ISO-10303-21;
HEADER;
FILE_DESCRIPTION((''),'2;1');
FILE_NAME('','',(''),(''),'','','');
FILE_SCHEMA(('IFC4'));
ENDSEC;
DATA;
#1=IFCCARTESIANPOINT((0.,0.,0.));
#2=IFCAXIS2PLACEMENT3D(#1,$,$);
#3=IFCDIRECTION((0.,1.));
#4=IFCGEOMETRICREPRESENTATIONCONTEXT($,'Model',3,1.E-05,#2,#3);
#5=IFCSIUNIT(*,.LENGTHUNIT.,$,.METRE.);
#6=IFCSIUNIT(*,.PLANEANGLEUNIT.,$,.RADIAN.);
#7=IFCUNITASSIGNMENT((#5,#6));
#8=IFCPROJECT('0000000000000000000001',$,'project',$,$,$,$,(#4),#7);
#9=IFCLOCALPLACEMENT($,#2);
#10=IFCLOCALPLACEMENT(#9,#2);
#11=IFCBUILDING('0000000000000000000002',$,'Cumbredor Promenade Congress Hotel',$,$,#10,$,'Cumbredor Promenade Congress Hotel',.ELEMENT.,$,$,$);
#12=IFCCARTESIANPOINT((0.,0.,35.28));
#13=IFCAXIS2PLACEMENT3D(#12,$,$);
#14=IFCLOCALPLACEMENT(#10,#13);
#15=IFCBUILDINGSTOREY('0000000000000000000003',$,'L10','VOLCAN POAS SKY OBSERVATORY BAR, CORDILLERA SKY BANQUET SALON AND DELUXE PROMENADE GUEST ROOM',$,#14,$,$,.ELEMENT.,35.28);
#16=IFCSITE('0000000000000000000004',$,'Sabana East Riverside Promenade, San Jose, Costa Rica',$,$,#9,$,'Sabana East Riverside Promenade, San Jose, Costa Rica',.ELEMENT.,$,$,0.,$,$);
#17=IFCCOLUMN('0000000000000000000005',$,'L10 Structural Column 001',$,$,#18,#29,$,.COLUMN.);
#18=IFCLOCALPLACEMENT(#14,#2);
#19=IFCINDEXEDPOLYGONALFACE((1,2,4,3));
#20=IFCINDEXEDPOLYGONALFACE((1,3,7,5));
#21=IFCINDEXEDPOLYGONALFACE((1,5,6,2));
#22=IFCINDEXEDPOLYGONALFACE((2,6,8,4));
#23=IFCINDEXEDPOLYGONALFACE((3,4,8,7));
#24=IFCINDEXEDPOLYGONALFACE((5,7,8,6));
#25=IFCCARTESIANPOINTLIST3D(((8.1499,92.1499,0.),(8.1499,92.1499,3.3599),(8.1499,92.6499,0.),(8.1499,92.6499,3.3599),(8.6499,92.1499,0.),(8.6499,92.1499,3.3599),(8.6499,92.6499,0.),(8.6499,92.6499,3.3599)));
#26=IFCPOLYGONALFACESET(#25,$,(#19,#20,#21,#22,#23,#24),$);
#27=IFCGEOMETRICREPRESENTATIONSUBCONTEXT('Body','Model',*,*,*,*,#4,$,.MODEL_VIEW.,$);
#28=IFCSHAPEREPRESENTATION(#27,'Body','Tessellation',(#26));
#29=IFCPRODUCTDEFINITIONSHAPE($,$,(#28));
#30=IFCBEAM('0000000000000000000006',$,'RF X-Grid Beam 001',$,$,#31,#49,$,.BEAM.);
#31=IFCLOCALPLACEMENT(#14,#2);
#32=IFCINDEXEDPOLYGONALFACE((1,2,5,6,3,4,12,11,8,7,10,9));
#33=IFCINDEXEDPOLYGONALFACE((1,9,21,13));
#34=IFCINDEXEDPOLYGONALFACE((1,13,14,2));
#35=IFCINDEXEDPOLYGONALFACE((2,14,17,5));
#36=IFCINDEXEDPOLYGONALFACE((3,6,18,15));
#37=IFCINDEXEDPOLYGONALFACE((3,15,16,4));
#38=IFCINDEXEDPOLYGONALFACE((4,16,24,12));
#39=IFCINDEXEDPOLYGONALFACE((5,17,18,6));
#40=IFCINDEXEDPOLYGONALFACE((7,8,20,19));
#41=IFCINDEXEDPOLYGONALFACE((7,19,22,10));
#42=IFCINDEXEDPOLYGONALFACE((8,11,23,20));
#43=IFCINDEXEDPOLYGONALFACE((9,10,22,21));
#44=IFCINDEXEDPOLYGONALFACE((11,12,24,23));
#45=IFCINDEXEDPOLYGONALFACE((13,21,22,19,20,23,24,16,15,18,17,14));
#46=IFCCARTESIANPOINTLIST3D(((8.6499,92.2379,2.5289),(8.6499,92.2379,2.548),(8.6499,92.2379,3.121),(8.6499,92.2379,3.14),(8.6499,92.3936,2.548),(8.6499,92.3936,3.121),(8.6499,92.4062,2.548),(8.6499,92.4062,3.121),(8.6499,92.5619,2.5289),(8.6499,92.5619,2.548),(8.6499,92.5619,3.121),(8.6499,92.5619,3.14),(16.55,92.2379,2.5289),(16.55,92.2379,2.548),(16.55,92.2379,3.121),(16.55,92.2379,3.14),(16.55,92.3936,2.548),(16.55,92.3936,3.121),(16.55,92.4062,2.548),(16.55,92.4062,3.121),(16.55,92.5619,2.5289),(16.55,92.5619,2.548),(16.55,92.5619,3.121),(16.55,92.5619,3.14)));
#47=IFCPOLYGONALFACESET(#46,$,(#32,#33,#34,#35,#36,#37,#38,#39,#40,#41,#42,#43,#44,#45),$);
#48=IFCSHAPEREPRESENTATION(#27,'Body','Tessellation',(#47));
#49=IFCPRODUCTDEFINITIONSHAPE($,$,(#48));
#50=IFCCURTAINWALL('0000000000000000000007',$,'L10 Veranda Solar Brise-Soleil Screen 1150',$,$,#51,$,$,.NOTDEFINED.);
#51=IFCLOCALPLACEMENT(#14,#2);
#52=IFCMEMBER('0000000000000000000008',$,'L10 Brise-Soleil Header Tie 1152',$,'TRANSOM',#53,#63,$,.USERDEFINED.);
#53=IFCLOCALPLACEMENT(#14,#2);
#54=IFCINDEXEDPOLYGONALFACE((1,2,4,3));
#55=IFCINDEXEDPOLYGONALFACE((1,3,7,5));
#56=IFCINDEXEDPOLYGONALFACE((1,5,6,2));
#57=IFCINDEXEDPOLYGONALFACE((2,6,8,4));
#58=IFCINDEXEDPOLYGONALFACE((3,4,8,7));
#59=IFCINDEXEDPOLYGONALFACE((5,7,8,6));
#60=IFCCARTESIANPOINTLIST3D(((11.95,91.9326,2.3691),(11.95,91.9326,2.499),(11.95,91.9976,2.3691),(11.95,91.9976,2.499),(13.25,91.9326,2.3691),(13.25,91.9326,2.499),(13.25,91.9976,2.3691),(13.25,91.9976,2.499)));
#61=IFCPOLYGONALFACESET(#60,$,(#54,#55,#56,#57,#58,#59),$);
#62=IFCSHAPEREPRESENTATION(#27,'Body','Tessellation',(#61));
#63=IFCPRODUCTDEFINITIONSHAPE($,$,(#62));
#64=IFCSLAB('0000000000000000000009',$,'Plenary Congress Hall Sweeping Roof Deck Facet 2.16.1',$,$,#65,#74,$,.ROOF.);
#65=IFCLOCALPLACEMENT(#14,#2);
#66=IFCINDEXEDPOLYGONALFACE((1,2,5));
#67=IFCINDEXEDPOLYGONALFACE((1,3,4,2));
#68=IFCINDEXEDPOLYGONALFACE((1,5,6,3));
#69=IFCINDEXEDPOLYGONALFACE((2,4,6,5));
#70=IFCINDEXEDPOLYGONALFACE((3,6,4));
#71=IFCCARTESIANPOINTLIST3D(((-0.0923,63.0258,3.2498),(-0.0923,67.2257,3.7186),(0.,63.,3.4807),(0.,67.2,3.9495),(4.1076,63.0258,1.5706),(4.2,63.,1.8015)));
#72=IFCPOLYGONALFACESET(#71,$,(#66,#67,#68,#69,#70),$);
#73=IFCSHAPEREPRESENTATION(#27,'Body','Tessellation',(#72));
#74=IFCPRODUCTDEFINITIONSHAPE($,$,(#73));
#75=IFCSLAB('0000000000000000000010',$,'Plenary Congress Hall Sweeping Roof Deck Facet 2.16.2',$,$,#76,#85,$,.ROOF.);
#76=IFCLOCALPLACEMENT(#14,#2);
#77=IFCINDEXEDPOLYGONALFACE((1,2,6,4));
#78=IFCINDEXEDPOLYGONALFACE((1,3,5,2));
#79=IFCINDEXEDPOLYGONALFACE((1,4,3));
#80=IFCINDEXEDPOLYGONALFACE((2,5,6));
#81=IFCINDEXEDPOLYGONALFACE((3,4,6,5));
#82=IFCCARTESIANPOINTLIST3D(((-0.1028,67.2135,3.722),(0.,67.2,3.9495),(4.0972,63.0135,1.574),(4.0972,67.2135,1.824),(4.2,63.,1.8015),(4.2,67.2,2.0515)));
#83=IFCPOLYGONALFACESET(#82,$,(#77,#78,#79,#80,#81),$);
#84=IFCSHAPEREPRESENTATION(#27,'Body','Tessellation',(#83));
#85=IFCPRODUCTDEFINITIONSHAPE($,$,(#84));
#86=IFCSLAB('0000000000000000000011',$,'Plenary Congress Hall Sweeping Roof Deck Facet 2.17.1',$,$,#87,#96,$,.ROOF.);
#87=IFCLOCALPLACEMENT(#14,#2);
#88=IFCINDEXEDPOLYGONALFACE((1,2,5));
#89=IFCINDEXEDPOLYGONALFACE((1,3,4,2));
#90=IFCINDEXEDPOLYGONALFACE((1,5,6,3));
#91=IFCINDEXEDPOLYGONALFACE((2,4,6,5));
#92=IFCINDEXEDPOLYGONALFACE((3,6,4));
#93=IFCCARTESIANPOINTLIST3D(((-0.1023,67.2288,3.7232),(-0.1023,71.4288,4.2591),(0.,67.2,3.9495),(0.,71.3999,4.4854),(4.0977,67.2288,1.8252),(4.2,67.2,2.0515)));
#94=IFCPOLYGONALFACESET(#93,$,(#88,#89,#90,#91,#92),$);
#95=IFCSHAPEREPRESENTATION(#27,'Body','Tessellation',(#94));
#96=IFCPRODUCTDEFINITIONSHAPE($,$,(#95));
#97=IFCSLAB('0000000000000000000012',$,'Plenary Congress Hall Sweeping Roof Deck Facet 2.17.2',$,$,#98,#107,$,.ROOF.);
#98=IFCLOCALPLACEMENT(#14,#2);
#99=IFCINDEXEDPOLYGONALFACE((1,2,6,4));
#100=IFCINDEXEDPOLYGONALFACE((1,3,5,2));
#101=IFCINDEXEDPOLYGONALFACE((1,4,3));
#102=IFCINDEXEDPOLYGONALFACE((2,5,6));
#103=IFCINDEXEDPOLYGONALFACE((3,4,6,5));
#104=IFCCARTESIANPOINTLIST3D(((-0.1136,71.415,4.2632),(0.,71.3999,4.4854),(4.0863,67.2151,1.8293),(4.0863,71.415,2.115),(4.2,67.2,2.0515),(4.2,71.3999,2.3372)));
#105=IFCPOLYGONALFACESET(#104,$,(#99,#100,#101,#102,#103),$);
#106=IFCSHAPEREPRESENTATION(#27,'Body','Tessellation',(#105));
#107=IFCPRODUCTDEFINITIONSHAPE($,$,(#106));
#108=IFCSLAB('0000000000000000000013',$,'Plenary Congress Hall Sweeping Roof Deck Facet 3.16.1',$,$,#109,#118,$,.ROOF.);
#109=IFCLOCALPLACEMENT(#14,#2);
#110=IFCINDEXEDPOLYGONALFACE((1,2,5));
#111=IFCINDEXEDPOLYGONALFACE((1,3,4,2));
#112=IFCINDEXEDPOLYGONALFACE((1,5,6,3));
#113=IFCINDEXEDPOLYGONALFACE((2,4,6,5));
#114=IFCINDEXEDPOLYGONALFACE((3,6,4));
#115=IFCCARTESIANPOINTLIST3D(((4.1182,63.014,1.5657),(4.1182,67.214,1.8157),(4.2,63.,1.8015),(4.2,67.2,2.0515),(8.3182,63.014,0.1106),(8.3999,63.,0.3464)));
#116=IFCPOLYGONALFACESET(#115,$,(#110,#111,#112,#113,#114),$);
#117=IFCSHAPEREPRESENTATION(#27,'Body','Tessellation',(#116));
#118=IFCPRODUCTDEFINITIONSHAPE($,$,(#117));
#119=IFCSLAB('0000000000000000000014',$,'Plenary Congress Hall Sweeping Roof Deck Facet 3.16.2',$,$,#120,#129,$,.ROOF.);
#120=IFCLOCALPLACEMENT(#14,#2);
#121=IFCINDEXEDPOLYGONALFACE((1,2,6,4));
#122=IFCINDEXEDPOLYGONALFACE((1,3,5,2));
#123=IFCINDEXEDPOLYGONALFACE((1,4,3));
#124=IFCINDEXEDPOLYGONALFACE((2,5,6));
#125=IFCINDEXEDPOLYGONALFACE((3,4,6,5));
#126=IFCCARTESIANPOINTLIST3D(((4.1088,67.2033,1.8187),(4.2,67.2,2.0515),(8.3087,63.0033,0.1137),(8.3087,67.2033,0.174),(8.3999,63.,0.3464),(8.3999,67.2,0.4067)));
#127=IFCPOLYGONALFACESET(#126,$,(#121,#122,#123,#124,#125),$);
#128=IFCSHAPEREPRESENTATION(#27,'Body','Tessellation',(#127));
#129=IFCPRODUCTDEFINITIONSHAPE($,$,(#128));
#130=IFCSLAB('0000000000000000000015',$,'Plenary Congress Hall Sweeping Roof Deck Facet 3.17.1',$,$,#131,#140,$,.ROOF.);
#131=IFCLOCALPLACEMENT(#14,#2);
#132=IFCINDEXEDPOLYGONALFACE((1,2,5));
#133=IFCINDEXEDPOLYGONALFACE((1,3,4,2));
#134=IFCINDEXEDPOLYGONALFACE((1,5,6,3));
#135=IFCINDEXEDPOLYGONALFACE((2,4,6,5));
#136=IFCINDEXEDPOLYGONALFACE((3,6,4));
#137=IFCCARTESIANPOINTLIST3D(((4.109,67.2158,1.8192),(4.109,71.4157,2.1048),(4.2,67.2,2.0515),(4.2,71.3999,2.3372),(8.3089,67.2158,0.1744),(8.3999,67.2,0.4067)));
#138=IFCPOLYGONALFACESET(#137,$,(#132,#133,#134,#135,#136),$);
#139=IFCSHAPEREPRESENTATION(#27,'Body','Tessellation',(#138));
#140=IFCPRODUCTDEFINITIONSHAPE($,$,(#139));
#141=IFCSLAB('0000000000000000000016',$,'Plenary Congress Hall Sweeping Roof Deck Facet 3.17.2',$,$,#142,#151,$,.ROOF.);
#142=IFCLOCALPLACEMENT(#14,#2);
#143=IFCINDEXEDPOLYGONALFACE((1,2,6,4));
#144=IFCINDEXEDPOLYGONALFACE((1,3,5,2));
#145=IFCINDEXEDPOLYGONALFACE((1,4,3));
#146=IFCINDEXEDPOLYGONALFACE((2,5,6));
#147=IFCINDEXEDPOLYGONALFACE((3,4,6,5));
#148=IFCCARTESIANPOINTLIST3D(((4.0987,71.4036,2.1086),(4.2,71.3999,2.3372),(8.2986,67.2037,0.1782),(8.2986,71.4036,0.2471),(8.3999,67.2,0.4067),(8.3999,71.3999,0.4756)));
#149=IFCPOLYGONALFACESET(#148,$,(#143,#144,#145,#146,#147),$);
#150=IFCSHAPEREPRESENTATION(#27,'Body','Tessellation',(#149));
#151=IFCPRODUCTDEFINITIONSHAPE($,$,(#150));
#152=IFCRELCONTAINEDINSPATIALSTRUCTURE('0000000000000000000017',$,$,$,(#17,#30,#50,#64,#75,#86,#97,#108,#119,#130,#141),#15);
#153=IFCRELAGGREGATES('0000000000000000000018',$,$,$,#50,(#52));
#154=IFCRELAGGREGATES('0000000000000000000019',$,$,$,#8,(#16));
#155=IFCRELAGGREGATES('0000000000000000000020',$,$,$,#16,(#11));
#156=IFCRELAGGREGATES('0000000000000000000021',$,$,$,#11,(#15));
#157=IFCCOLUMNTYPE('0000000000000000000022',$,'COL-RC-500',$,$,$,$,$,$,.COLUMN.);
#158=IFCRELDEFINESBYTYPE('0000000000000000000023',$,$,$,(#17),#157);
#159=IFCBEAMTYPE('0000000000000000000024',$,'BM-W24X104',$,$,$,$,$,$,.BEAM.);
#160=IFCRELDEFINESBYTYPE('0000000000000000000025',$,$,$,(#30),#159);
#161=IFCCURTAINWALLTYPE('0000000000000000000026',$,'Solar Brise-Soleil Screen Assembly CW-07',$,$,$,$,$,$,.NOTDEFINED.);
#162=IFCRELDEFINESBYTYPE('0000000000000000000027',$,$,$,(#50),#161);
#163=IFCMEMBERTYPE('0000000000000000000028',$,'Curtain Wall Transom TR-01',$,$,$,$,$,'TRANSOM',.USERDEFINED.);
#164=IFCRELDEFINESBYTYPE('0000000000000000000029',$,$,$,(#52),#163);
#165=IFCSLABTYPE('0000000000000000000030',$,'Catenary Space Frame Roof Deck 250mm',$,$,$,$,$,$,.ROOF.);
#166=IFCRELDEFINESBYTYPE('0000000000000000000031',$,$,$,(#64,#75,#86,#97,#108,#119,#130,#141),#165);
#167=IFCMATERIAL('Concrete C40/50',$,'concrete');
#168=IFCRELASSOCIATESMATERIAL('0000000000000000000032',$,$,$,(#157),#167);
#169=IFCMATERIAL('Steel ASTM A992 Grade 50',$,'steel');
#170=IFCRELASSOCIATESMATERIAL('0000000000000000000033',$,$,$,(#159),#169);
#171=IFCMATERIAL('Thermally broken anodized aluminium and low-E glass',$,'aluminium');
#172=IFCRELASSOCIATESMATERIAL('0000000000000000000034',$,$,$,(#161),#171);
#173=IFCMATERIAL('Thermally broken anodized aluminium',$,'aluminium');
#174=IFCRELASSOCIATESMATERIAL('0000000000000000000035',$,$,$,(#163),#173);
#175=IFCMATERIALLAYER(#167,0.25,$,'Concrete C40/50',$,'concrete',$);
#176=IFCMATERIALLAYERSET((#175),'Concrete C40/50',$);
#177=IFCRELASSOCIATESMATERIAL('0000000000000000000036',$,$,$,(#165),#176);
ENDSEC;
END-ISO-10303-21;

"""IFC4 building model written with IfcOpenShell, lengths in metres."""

from ifc_helpers import new_model, si_unit, direction, frame, origin, origin_2d, place, context, subcontext, project, spatial, polyline, rectangle, i_section, outline, extrude, material, layer, layer_set, material_profile, profile_set, type_object, element, aggregate, save


model = new_model("IFC4")

# Units and contexts
model_context = context("Model", 3, precision=1e-05, world=origin(), true_north=direction((0.0, 1.0)))
body_context = subcontext(model_context, "Body", "Model", "MODEL_VIEW")
ifc_project = project(units=[si_unit("LENGTHUNIT", "METRE"), si_unit("PLANEANGLEUNIT", "RADIAN")], contexts=[model_context])

# Site, building, storey
site_placement = place(None, origin())
site = spatial("IfcSite", under=ifc_project, at=site_placement, Name="Sabana East Riverside Promenade, San Jose, Costa Rica", LongName="Sabana East Riverside Promenade, San Jose, Costa Rica", CompositionType="ELEMENT", RefElevation=0.0)
building_placement = place(site_placement, origin())
building = spatial("IfcBuilding", under=site, at=building_placement, Name="Cumbredor Promenade Congress Hotel", LongName="Cumbredor Promenade Congress Hotel", CompositionType="ELEMENT")
storey_placement = place(building_placement, frame((0.0, 0.0, 35.28)))
storey = spatial("IfcBuildingStorey", under=building, at=storey_placement, Name="L10", Description="VOLCAN POAS SKY OBSERVATORY BAR, CORDILLERA SKY BANQUET SALON AND DELUXE PROMENADE GUEST ROOM", CompositionType="ELEMENT", Elevation=35.28)

# Column
ifc_material_1 = material(Name="Concrete C40/50", Category="concrete")
ifc_material_profile_1 = material_profile(ifc_material_1, rectangle(XDim=0.5, YDim=0.5, at=origin_2d()), Name="RC 500x500")
ifc_profile_set_1 = profile_set([ifc_material_profile_1], Name="Concrete C40/50")
column_type = type_object("IfcColumnType", Name="COL-RC-500", PredefinedType="COLUMN", material=ifc_profile_set_1)
column_placement = place(storey_placement, frame((8.3999, 92.3999, 0.0), z_axis=(0.0, 0.0, 1.0), x_axis=(1.0, 0.0, 0.0)))
element("IfcColumn", 1, at=column_placement, inside=storey, type_object=column_type, Name="L10 Structural Column 001", PredefinedType="COLUMN", context=body_context, shape_type="SweptSolid", body=[
    extrude(rectangle(XDim=0.5, YDim=0.5, at=origin_2d()), origin(), (0.0, 0.0, 1.0), 3.3599),
])

# Beam
ifc_material_2 = material(Name="Steel ASTM A992 Grade 50", Category="steel")
ifc_material_profile_2 = material_profile(ifc_material_2, i_section(OverallWidth=0.324, OverallDepth=0.6111, WebThickness=0.0127, FlangeThickness=0.019, at=origin_2d()), Name="W24X104")
ifc_profile_set_2 = profile_set([ifc_material_profile_2], Name="Steel ASTM A992 Grade 50")
beam_type = type_object("IfcBeamType", Name="BM-W24X104", PredefinedType="BEAM", material=ifc_profile_set_2)
beam_placement = place(storey_placement, frame((8.6499, 92.3999, 2.8345), z_axis=(1.0, 0.0, 0.0), x_axis=(0.0, 1.0, 0.0)))
element("IfcBeam", 2, at=beam_placement, inside=storey, type_object=beam_type, Name="RF X-Grid Beam 001", PredefinedType="BEAM", context=body_context, shape_type="SweptSolid", body=[
    extrude(i_section(OverallWidth=0.324, OverallDepth=0.6111, WebThickness=0.0127, FlangeThickness=0.019, at=origin_2d()), origin(), (0.0, 0.0, 1.0), 7.9001),
])

# Curtain wall, member
ifc_material_3 = material(Name="Thermally broken anodized aluminium and low-E glass", Category="aluminium")
curtain_wall_type = type_object("IfcCurtainWallType", Name="Solar Brise-Soleil Screen Assembly CW-07", PredefinedType="NOTDEFINED", material=ifc_material_3)
curtain_wall_placement = place(storey_placement, origin())
curtain_wall = element("IfcCurtainWall", 3, at=curtain_wall_placement, inside=storey, type_object=curtain_wall_type, Name="L10 Veranda Solar Brise-Soleil Screen 1150", PredefinedType="NOTDEFINED")
ifc_material_4 = material(Name="Thermally broken anodized aluminium", Category="aluminium")
ifc_material_profile_3 = material_profile(ifc_material_4, rectangle(XDim=0.0649, YDim=0.1299, at=origin_2d()), Name="ALU TRANSOM 65x130")
ifc_profile_set_3 = profile_set([ifc_material_profile_3], Name="Thermally broken anodized aluminium")
member_type = type_object("IfcMemberType", Name="Curtain Wall Transom TR-01", ElementType="TRANSOM", PredefinedType="USERDEFINED", material=ifc_profile_set_3)
member_placement = place(storey_placement, frame((11.95, 91.9651, 2.4341), z_axis=(1.0, 0.0, 0.0), x_axis=(0.0, 1.0, 0.0)))
member = element("IfcMember", 4, at=member_placement, type_object=member_type, Name="L10 Brise-Soleil Header Tie 1152", ObjectType="TRANSOM", PredefinedType="USERDEFINED", context=body_context, shape_type="SweptSolid", body=[
    extrude(rectangle(XDim=0.0649, YDim=0.1299, at=origin_2d()), origin(), (0.0, 0.0, 1.0), 1.3),
])
aggregate(curtain_wall, [member])

# Slabs
ifc_layer_1 = layer(ifc_material_1, 0.25, Name="Concrete C40/50", Category="concrete")
ifc_layer_set_1 = layer_set([ifc_layer_1], Name="Concrete C40/50")
slab_type = type_object("IfcSlabType", Name="Catenary Space Frame Roof Deck 250mm", PredefinedType="ROOF", material=ifc_layer_set_1)
slab_1_placement = place(storey_placement, frame((0.0, 63.0, 3.4807), z_axis=(0.369264, -0.10308, 0.92359), x_axis=(0.928536, 0.0, -0.371242)))
element("IfcSlab", 5, at=slab_1_placement, inside=storey, type_object=slab_type, Name="Plenary Congress Hall Sweeping Roof Deck Facet 2.16.1", PredefinedType="ROOF", context=body_context, shape_type="SweptSolid", body=[
    extrude(outline(polyline([(0.0, 0.0), (4.5232, 0.0), (-0.174, 4.2224), (0.0, 0.0)])), origin(), (0.0, 0.0, -1.0), 0.25),
])
slab_2_placement = place(storey_placement, frame((4.2, 63.0, 1.8015), z_axis=(0.411198, -0.054163, 0.909935), x_axis=(0.0, 0.998233, 0.059419)))
element("IfcSlab", 6, at=slab_2_placement, inside=storey, type_object=slab_type, Name="Plenary Congress Hall Sweeping Roof Deck Facet 2.16.2", PredefinedType="ROOF", context=body_context, shape_type="SweptSolid", body=[
    extrude(outline(polyline([(0.0, 0.0), (4.2074, 0.0), (4.3202, 4.6075), (0.0, 0.0)])), origin(), (0.0, 0.0, -1.0), 0.25),
])
slab_3_placement = place(storey_placement, frame((0.0, 67.2, 3.9495), z_axis=(0.409047, -0.115495, 0.905175), x_axis=(0.911273, 0.0, -0.411802)))
element("IfcSlab", 7, at=slab_3_placement, inside=storey, type_object=slab_type, Name="Plenary Congress Hall Sweeping Roof Deck Facet 2.17.1", PredefinedType="ROOF", context=body_context, shape_type="SweptSolid", body=[
    extrude(outline(polyline([(0.0, 0.0), (4.6089, 0.0), (-0.2207, 4.2282), (0.0, 0.0)])), origin(), (0.0, 0.0, -1.0), 0.25),
])
slab_4_placement = place(storey_placement, frame((4.2, 67.2, 2.0515), z_axis=(0.454539, -0.06044, 0.888674), x_axis=(0.0, 0.997695, 0.067855)))
element("IfcSlab", 8, at=slab_4_placement, inside=storey, type_object=slab_type, Name="Plenary Congress Hall Sweeping Roof Deck Facet 2.17.2", PredefinedType="ROOF", context=body_context, shape_type="SweptSolid", body=[
    extrude(outline(polyline([(0.0, 0.0), (4.2097, 0.0), (4.3554, 4.7152), (0.0, 0.0)])), origin(), (0.0, 0.0, -1.0), 0.25),
])
slab_5_placement = place(storey_placement, frame((4.2, 63.0, 1.8015), z_axis=(0.326845, -0.056156, 0.943408), x_axis=(0.944899, 0.0, -0.327361)))
element("IfcSlab", 9, at=slab_5_placement, inside=storey, type_object=slab_type, Name="Plenary Congress Hall Sweeping Roof Deck Facet 3.16.1", PredefinedType="ROOF", context=body_context, shape_type="SweptSolid", body=[
    extrude(outline(polyline([(0.0, 0.0), (4.4449, 0.0), (-0.0818, 4.2066), (0.0, 0.0)])), origin(), (0.0, 0.0, -1.0), 0.25),
])
slab_6_placement = place(storey_placement, frame((8.3999, 63.0, 0.3464), z_axis=(0.36462, -0.013368, 0.931061), x_axis=(0.0, 0.999897, 0.014356)))
element("IfcSlab", 10, at=slab_6_placement, inside=storey, type_object=slab_type, Name="Plenary Congress Hall Sweeping Roof Deck Facet 3.16.2", PredefinedType="ROOF", context=body_context, shape_type="SweptSolid", body=[
    extrude(outline(polyline([(0.0, 0.0), (4.2004, 0.0), (4.224, 4.5105), (0.0, 0.0)])), origin(), (0.0, 0.0, -1.0), 0.25),
])
slab_7_placement = place(storey_placement, frame((4.2, 67.2, 2.0515), z_axis=(0.363923, -0.063202, 0.929282), x_axis=(0.931144, 0.0, -0.364652)))
element("IfcSlab", 11, at=slab_7_placement, inside=storey, type_object=slab_type, Name="Plenary Congress Hall Sweeping Roof Deck Facet 3.17.1", PredefinedType="ROOF", context=body_context, shape_type="SweptSolid", body=[
    extrude(outline(polyline([(0.0, 0.0), (4.5105, 0.0), (-0.1042, 4.2084), (0.0, 0.0)])), origin(), (0.0, 0.0, -1.0), 0.25),
])
slab_8_placement = place(storey_placement, frame((8.3999, 67.2, 0.4067), z_axis=(0.405171, -0.014985, 0.914118), x_axis=(0.0, 0.999866, 0.01639)))
element("IfcSlab", 12, at=slab_8_placement, inside=storey, type_object=slab_type, Name="Plenary Congress Hall Sweeping Roof Deck Facet 3.17.2", PredefinedType="ROOF", context=body_context, shape_type="SweptSolid", body=[
    extrude(outline(polyline([(0.0, 0.0), (4.2005, 0.0), (4.231, 4.5939), (0.0, 0.0)])), origin(), (0.0, 0.0, -1.0), 0.25),
])

save(model, "model.ifc")
